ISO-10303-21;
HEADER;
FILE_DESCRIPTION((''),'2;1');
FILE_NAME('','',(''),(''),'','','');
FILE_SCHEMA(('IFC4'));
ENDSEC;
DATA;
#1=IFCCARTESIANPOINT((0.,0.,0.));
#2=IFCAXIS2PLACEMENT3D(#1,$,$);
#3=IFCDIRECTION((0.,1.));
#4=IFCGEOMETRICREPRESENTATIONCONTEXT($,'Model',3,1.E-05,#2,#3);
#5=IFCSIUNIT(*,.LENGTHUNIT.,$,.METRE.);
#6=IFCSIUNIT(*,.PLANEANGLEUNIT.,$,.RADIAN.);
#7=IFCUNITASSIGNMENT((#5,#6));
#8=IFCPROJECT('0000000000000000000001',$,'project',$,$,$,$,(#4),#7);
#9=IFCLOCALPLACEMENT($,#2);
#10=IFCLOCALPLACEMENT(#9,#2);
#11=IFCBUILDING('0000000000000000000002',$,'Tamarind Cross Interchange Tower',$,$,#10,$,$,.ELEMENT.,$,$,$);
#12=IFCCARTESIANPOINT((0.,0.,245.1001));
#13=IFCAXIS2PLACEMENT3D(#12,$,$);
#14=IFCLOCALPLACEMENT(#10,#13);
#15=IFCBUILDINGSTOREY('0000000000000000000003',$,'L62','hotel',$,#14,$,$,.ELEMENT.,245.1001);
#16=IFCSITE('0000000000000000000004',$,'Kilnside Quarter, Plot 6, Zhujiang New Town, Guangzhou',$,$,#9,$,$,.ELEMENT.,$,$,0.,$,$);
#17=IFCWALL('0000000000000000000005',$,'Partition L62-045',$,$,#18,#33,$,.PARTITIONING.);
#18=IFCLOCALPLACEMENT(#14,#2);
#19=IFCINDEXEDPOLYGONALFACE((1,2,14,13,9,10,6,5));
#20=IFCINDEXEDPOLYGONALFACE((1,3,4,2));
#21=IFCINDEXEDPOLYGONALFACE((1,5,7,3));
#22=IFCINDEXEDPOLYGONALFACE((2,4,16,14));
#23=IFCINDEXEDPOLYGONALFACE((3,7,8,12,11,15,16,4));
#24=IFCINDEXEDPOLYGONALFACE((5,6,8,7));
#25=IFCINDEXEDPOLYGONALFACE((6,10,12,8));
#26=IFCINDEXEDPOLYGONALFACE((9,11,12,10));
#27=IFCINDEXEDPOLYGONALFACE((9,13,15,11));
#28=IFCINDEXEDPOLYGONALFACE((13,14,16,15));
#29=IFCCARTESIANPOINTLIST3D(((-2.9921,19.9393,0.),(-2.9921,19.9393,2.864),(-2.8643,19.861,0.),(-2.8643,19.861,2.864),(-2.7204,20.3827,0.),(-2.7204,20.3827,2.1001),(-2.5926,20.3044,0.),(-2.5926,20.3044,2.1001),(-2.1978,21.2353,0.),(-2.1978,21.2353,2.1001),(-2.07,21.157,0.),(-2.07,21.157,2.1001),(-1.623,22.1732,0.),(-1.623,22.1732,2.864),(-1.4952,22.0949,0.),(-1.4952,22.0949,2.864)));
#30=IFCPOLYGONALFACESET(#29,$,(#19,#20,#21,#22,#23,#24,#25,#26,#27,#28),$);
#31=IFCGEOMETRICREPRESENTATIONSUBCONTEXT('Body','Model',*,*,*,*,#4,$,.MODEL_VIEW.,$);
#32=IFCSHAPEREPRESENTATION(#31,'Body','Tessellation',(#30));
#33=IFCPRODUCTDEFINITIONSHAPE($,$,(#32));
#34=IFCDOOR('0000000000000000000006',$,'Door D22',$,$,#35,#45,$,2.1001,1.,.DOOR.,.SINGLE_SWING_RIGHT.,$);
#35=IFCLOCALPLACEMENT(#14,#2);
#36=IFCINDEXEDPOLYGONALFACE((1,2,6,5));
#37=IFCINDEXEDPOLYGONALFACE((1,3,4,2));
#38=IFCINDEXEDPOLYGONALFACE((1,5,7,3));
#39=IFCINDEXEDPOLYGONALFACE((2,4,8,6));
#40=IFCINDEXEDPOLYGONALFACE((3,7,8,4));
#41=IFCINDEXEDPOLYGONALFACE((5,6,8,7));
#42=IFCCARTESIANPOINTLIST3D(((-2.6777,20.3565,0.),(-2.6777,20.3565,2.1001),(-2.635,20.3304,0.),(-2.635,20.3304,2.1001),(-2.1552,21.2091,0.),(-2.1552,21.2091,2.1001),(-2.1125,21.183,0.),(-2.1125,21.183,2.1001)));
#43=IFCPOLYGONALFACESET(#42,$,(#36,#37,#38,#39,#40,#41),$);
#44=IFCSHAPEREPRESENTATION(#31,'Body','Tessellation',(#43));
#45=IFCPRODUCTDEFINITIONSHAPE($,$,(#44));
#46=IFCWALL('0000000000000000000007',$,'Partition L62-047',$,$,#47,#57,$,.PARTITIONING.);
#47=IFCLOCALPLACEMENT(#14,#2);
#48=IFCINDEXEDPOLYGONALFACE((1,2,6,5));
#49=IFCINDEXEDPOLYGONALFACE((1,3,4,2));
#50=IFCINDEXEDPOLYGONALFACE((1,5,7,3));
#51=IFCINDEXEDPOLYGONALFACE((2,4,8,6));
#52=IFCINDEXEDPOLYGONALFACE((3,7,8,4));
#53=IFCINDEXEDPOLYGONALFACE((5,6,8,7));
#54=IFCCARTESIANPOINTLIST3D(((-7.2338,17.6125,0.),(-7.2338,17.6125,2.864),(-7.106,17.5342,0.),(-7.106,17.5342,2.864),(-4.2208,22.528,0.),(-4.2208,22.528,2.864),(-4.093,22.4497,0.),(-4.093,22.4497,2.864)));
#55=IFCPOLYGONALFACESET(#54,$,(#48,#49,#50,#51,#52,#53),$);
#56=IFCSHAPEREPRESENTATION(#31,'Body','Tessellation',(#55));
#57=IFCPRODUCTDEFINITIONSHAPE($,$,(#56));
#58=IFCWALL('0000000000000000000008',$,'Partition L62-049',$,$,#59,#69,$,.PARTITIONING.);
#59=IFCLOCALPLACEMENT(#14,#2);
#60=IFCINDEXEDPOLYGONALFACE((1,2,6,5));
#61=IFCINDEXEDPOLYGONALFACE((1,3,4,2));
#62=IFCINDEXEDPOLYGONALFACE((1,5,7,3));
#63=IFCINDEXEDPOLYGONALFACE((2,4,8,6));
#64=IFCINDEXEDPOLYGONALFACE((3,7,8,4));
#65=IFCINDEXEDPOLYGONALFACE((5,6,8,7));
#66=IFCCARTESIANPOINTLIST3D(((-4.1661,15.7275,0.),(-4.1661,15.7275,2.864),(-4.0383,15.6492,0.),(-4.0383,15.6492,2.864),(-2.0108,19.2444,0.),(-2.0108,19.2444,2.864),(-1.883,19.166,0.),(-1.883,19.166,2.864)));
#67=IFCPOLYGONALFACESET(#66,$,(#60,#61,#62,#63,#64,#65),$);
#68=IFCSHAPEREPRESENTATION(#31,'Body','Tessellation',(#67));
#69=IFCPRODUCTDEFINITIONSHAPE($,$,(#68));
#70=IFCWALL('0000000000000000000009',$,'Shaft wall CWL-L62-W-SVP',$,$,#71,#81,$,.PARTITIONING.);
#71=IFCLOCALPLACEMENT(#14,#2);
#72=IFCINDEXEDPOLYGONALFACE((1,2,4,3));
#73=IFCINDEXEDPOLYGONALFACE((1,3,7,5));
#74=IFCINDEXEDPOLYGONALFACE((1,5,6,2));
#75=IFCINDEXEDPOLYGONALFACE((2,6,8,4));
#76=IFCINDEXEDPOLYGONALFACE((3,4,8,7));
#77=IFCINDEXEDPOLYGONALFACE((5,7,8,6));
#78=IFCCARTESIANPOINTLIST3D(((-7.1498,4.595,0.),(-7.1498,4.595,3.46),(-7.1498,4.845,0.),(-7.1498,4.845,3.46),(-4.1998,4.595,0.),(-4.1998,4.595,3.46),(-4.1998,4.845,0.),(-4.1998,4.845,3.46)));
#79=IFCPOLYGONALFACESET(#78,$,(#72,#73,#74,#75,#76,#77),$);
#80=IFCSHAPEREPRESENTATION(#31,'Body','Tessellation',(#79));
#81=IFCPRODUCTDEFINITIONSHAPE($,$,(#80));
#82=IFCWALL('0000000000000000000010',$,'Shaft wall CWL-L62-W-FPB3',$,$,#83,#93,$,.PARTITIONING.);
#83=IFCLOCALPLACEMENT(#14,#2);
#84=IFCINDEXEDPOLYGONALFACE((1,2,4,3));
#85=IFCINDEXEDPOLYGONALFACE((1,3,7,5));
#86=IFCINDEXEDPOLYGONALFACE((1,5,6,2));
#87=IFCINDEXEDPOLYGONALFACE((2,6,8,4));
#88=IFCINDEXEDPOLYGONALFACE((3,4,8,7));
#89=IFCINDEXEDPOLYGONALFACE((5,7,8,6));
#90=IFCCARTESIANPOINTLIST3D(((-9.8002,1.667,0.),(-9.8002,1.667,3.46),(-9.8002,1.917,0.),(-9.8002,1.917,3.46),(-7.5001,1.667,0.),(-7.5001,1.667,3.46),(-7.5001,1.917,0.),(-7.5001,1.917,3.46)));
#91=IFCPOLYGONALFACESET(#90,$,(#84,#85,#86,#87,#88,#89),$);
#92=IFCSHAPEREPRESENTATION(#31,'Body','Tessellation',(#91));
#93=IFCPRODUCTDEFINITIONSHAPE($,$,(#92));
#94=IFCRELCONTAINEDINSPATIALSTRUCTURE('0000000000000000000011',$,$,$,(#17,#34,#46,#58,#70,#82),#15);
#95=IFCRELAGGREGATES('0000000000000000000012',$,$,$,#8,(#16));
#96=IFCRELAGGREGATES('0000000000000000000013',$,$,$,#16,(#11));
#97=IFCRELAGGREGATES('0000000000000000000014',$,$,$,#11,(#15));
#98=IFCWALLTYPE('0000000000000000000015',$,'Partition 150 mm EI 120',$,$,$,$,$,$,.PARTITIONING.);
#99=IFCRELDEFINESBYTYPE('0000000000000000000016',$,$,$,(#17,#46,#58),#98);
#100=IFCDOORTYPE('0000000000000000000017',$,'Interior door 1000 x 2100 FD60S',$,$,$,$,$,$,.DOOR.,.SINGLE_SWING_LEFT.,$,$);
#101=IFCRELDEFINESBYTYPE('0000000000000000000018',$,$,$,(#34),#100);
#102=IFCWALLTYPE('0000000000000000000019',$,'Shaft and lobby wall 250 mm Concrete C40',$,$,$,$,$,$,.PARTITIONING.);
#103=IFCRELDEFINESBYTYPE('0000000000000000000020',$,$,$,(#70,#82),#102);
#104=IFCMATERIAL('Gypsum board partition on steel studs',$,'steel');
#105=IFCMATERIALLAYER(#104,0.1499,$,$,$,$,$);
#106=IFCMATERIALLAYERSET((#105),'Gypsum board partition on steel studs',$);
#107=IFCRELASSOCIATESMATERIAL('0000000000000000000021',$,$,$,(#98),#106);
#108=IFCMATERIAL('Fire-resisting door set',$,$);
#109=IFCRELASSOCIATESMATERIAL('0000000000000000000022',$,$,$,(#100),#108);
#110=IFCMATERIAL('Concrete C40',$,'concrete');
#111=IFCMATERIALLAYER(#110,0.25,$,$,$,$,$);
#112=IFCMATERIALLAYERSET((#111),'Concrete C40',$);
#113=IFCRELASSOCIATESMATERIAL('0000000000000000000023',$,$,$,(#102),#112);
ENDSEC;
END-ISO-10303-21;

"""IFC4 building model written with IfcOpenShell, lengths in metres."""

from ifc_helpers import new_model, si_unit, direction, frame, frame_2d, origin, place, context, subcontext, project, spatial, rectangle, extrude, material, layer, layer_set, type_object, element, fill, save


model = new_model("IFC4")

# Units and contexts
model_context = context("Model", 3, precision=1e-05, world=origin(), true_north=direction((0.0, 1.0)))
body_context = subcontext(model_context, "Body", "Model", "MODEL_VIEW")
ifc_project = project(units=[si_unit("LENGTHUNIT", "METRE"), si_unit("PLANEANGLEUNIT", "RADIAN")], contexts=[model_context])

# Site, building, storey
site_placement = place(None, origin())
site = spatial("IfcSite", under=ifc_project, at=site_placement, Name="Kilnside Quarter, Plot 6, Zhujiang New Town, Guangzhou", CompositionType="ELEMENT", RefElevation=0.0)
building_placement = place(site_placement, origin())
building = spatial("IfcBuilding", under=site, at=building_placement, Name="Tamarind Cross Interchange Tower", CompositionType="ELEMENT")
storey_placement = place(building_placement, frame((0.0, 0.0, 245.1001)))
storey = spatial("IfcBuildingStorey", under=building, at=storey_placement, Name="L62", Description="hotel", CompositionType="ELEMENT", Elevation=245.1001)

# Shared definitions
ifc_material_1 = material(Name="Gypsum board partition on steel studs", Category="steel")
ifc_layer_1 = layer(ifc_material_1, 0.1499)
ifc_layer_set_1 = layer_set([ifc_layer_1], Name="Gypsum board partition on steel studs")
wall_type_1 = type_object("IfcWallType", Name="Partition 150 mm EI 120", PredefinedType="PARTITIONING", material=ifc_layer_set_1)

# Shared definitions
ifc_material_2 = material(Name="Fire-resisting door set")

# Wall, opening, door
wall_1_placement = place(storey_placement, frame((-2.9282, 19.9001, 0.0), z_axis=(0.0, 0.0, 1.0), x_axis=(0.522558, 0.852604, 0.0)))
wall_1 = element("IfcWall", 1, at=wall_1_placement, inside=storey, type_object=wall_type_1, Name="Partition L62-045", PredefinedType="PARTITIONING", context=body_context, shape_type="SweptSolid", body=[
    extrude(rectangle(XDim=2.6201, YDim=0.1499, at=frame_2d((1.3101, 0.0))), origin(), (0.0, 0.0, 1.0), 2.864),
])
opening_1_placement = place(wall_1_placement, frame((0.52, 0.0, 0.0)))
opening_1 = element("IfcOpeningElement", 2, at=opening_1_placement, cuts=wall_1, PredefinedType="OPENING", context=body_context, shape_type="SweptSolid", body=[
    extrude(rectangle(XDim=1.0, YDim=2.1001, at=frame_2d((0.5, 1.05))), frame((0.0, 0.085, 0.0), z_axis=(0.0, -1.0, 0.0), x_axis=(1.0, 0.0, 0.0)), (0.0, 0.0, 1.0), 0.1699),
])
door_type_1 = type_object("IfcDoorType", Name="Interior door 1000 x 2100 FD60S", OperationType="SINGLE_SWING_LEFT", PredefinedType="DOOR", material=ifc_material_2)
door_1_placement = place(opening_1_placement, origin())
door_1 = element("IfcDoor", 3, at=door_1_placement, inside=storey, type_object=door_type_1, Name="Door D22", OperationType="SINGLE_SWING_RIGHT", OverallHeight=2.1001, OverallWidth=1.0, PredefinedType="DOOR", context=body_context, shape_type="SweptSolid", body=[
    extrude(rectangle(XDim=1.0, YDim=2.1001, at=frame_2d((0.5, 1.05))), frame((0.0, 0.0249, 0.0), z_axis=(0.0, -1.0, 0.0), x_axis=(1.0, 0.0, 0.0)), (0.0, 0.0, 1.0), 0.05),
])
fill(opening_1, door_1)

# Walls
wall_2_placement = place(storey_placement, frame((-7.1699, 17.5732, 0.0), z_axis=(0.0, 0.0, 1.0), x_axis=(0.522587, 0.852586, 0.0)))
element("IfcWall", 4, at=wall_2_placement, inside=storey, type_object=wall_type_1, Name="Partition L62-047", PredefinedType="PARTITIONING", context=body_context, shape_type="SweptSolid", body=[
    extrude(rectangle(XDim=5.7654, YDim=0.1499, at=frame_2d((2.8828, 0.0))), origin(), (0.0, 0.0, 1.0), 2.864),
])
wall_3_placement = place(storey_placement, frame((-4.1023, 15.6882, 0.0), z_axis=(0.0, 0.0, 1.0), x_axis=(0.522525, 0.852624, 0.0)))
element("IfcWall", 5, at=wall_3_placement, inside=storey, type_object=wall_type_1, Name="Partition L62-049", PredefinedType="PARTITIONING", context=body_context, shape_type="SweptSolid", body=[
    extrude(rectangle(XDim=4.1248, YDim=0.1499, at=frame_2d((2.0625, 0.0))), origin(), (0.0, 0.0, 1.0), 2.864),
])
ifc_material_3 = material(Name="Concrete C40", Category="concrete")
ifc_layer_2 = layer(ifc_material_3, 0.25)
ifc_layer_set_2 = layer_set([ifc_layer_2], Name="Concrete C40")
wall_type_2 = type_object("IfcWallType", Name="Shaft and lobby wall 250 mm Concrete C40", PredefinedType="PARTITIONING", material=ifc_layer_set_2)
wall_4_placement = place(storey_placement, frame((-7.1499, 4.72, 0.0), z_axis=(0.0, 0.0, 1.0), x_axis=(1.0, 0.0, 0.0)))
element("IfcWall", 6, at=wall_4_placement, inside=storey, type_object=wall_type_2, Name="Shaft wall CWL-L62-W-SVP", PredefinedType="PARTITIONING", context=body_context, shape_type="SweptSolid", body=[
    extrude(rectangle(XDim=2.95, YDim=0.25, at=frame_2d((1.4751, 0.0))), origin(), (0.0, 0.0, 1.0), 3.46),
])
wall_5_placement = place(storey_placement, frame((-9.8, 1.792, 0.0), z_axis=(0.0, 0.0, 1.0), x_axis=(1.0, 0.0, 0.0)))
element("IfcWall", 7, at=wall_5_placement, inside=storey, type_object=wall_type_2, Name="Shaft wall CWL-L62-W-FPB3", PredefinedType="PARTITIONING", context=body_context, shape_type="SweptSolid", body=[
    extrude(rectangle(XDim=2.3, YDim=0.25, at=frame_2d((1.1499, 0.0))), origin(), (0.0, 0.0, 1.0), 3.46),
])

save(model, "model.ifc")
